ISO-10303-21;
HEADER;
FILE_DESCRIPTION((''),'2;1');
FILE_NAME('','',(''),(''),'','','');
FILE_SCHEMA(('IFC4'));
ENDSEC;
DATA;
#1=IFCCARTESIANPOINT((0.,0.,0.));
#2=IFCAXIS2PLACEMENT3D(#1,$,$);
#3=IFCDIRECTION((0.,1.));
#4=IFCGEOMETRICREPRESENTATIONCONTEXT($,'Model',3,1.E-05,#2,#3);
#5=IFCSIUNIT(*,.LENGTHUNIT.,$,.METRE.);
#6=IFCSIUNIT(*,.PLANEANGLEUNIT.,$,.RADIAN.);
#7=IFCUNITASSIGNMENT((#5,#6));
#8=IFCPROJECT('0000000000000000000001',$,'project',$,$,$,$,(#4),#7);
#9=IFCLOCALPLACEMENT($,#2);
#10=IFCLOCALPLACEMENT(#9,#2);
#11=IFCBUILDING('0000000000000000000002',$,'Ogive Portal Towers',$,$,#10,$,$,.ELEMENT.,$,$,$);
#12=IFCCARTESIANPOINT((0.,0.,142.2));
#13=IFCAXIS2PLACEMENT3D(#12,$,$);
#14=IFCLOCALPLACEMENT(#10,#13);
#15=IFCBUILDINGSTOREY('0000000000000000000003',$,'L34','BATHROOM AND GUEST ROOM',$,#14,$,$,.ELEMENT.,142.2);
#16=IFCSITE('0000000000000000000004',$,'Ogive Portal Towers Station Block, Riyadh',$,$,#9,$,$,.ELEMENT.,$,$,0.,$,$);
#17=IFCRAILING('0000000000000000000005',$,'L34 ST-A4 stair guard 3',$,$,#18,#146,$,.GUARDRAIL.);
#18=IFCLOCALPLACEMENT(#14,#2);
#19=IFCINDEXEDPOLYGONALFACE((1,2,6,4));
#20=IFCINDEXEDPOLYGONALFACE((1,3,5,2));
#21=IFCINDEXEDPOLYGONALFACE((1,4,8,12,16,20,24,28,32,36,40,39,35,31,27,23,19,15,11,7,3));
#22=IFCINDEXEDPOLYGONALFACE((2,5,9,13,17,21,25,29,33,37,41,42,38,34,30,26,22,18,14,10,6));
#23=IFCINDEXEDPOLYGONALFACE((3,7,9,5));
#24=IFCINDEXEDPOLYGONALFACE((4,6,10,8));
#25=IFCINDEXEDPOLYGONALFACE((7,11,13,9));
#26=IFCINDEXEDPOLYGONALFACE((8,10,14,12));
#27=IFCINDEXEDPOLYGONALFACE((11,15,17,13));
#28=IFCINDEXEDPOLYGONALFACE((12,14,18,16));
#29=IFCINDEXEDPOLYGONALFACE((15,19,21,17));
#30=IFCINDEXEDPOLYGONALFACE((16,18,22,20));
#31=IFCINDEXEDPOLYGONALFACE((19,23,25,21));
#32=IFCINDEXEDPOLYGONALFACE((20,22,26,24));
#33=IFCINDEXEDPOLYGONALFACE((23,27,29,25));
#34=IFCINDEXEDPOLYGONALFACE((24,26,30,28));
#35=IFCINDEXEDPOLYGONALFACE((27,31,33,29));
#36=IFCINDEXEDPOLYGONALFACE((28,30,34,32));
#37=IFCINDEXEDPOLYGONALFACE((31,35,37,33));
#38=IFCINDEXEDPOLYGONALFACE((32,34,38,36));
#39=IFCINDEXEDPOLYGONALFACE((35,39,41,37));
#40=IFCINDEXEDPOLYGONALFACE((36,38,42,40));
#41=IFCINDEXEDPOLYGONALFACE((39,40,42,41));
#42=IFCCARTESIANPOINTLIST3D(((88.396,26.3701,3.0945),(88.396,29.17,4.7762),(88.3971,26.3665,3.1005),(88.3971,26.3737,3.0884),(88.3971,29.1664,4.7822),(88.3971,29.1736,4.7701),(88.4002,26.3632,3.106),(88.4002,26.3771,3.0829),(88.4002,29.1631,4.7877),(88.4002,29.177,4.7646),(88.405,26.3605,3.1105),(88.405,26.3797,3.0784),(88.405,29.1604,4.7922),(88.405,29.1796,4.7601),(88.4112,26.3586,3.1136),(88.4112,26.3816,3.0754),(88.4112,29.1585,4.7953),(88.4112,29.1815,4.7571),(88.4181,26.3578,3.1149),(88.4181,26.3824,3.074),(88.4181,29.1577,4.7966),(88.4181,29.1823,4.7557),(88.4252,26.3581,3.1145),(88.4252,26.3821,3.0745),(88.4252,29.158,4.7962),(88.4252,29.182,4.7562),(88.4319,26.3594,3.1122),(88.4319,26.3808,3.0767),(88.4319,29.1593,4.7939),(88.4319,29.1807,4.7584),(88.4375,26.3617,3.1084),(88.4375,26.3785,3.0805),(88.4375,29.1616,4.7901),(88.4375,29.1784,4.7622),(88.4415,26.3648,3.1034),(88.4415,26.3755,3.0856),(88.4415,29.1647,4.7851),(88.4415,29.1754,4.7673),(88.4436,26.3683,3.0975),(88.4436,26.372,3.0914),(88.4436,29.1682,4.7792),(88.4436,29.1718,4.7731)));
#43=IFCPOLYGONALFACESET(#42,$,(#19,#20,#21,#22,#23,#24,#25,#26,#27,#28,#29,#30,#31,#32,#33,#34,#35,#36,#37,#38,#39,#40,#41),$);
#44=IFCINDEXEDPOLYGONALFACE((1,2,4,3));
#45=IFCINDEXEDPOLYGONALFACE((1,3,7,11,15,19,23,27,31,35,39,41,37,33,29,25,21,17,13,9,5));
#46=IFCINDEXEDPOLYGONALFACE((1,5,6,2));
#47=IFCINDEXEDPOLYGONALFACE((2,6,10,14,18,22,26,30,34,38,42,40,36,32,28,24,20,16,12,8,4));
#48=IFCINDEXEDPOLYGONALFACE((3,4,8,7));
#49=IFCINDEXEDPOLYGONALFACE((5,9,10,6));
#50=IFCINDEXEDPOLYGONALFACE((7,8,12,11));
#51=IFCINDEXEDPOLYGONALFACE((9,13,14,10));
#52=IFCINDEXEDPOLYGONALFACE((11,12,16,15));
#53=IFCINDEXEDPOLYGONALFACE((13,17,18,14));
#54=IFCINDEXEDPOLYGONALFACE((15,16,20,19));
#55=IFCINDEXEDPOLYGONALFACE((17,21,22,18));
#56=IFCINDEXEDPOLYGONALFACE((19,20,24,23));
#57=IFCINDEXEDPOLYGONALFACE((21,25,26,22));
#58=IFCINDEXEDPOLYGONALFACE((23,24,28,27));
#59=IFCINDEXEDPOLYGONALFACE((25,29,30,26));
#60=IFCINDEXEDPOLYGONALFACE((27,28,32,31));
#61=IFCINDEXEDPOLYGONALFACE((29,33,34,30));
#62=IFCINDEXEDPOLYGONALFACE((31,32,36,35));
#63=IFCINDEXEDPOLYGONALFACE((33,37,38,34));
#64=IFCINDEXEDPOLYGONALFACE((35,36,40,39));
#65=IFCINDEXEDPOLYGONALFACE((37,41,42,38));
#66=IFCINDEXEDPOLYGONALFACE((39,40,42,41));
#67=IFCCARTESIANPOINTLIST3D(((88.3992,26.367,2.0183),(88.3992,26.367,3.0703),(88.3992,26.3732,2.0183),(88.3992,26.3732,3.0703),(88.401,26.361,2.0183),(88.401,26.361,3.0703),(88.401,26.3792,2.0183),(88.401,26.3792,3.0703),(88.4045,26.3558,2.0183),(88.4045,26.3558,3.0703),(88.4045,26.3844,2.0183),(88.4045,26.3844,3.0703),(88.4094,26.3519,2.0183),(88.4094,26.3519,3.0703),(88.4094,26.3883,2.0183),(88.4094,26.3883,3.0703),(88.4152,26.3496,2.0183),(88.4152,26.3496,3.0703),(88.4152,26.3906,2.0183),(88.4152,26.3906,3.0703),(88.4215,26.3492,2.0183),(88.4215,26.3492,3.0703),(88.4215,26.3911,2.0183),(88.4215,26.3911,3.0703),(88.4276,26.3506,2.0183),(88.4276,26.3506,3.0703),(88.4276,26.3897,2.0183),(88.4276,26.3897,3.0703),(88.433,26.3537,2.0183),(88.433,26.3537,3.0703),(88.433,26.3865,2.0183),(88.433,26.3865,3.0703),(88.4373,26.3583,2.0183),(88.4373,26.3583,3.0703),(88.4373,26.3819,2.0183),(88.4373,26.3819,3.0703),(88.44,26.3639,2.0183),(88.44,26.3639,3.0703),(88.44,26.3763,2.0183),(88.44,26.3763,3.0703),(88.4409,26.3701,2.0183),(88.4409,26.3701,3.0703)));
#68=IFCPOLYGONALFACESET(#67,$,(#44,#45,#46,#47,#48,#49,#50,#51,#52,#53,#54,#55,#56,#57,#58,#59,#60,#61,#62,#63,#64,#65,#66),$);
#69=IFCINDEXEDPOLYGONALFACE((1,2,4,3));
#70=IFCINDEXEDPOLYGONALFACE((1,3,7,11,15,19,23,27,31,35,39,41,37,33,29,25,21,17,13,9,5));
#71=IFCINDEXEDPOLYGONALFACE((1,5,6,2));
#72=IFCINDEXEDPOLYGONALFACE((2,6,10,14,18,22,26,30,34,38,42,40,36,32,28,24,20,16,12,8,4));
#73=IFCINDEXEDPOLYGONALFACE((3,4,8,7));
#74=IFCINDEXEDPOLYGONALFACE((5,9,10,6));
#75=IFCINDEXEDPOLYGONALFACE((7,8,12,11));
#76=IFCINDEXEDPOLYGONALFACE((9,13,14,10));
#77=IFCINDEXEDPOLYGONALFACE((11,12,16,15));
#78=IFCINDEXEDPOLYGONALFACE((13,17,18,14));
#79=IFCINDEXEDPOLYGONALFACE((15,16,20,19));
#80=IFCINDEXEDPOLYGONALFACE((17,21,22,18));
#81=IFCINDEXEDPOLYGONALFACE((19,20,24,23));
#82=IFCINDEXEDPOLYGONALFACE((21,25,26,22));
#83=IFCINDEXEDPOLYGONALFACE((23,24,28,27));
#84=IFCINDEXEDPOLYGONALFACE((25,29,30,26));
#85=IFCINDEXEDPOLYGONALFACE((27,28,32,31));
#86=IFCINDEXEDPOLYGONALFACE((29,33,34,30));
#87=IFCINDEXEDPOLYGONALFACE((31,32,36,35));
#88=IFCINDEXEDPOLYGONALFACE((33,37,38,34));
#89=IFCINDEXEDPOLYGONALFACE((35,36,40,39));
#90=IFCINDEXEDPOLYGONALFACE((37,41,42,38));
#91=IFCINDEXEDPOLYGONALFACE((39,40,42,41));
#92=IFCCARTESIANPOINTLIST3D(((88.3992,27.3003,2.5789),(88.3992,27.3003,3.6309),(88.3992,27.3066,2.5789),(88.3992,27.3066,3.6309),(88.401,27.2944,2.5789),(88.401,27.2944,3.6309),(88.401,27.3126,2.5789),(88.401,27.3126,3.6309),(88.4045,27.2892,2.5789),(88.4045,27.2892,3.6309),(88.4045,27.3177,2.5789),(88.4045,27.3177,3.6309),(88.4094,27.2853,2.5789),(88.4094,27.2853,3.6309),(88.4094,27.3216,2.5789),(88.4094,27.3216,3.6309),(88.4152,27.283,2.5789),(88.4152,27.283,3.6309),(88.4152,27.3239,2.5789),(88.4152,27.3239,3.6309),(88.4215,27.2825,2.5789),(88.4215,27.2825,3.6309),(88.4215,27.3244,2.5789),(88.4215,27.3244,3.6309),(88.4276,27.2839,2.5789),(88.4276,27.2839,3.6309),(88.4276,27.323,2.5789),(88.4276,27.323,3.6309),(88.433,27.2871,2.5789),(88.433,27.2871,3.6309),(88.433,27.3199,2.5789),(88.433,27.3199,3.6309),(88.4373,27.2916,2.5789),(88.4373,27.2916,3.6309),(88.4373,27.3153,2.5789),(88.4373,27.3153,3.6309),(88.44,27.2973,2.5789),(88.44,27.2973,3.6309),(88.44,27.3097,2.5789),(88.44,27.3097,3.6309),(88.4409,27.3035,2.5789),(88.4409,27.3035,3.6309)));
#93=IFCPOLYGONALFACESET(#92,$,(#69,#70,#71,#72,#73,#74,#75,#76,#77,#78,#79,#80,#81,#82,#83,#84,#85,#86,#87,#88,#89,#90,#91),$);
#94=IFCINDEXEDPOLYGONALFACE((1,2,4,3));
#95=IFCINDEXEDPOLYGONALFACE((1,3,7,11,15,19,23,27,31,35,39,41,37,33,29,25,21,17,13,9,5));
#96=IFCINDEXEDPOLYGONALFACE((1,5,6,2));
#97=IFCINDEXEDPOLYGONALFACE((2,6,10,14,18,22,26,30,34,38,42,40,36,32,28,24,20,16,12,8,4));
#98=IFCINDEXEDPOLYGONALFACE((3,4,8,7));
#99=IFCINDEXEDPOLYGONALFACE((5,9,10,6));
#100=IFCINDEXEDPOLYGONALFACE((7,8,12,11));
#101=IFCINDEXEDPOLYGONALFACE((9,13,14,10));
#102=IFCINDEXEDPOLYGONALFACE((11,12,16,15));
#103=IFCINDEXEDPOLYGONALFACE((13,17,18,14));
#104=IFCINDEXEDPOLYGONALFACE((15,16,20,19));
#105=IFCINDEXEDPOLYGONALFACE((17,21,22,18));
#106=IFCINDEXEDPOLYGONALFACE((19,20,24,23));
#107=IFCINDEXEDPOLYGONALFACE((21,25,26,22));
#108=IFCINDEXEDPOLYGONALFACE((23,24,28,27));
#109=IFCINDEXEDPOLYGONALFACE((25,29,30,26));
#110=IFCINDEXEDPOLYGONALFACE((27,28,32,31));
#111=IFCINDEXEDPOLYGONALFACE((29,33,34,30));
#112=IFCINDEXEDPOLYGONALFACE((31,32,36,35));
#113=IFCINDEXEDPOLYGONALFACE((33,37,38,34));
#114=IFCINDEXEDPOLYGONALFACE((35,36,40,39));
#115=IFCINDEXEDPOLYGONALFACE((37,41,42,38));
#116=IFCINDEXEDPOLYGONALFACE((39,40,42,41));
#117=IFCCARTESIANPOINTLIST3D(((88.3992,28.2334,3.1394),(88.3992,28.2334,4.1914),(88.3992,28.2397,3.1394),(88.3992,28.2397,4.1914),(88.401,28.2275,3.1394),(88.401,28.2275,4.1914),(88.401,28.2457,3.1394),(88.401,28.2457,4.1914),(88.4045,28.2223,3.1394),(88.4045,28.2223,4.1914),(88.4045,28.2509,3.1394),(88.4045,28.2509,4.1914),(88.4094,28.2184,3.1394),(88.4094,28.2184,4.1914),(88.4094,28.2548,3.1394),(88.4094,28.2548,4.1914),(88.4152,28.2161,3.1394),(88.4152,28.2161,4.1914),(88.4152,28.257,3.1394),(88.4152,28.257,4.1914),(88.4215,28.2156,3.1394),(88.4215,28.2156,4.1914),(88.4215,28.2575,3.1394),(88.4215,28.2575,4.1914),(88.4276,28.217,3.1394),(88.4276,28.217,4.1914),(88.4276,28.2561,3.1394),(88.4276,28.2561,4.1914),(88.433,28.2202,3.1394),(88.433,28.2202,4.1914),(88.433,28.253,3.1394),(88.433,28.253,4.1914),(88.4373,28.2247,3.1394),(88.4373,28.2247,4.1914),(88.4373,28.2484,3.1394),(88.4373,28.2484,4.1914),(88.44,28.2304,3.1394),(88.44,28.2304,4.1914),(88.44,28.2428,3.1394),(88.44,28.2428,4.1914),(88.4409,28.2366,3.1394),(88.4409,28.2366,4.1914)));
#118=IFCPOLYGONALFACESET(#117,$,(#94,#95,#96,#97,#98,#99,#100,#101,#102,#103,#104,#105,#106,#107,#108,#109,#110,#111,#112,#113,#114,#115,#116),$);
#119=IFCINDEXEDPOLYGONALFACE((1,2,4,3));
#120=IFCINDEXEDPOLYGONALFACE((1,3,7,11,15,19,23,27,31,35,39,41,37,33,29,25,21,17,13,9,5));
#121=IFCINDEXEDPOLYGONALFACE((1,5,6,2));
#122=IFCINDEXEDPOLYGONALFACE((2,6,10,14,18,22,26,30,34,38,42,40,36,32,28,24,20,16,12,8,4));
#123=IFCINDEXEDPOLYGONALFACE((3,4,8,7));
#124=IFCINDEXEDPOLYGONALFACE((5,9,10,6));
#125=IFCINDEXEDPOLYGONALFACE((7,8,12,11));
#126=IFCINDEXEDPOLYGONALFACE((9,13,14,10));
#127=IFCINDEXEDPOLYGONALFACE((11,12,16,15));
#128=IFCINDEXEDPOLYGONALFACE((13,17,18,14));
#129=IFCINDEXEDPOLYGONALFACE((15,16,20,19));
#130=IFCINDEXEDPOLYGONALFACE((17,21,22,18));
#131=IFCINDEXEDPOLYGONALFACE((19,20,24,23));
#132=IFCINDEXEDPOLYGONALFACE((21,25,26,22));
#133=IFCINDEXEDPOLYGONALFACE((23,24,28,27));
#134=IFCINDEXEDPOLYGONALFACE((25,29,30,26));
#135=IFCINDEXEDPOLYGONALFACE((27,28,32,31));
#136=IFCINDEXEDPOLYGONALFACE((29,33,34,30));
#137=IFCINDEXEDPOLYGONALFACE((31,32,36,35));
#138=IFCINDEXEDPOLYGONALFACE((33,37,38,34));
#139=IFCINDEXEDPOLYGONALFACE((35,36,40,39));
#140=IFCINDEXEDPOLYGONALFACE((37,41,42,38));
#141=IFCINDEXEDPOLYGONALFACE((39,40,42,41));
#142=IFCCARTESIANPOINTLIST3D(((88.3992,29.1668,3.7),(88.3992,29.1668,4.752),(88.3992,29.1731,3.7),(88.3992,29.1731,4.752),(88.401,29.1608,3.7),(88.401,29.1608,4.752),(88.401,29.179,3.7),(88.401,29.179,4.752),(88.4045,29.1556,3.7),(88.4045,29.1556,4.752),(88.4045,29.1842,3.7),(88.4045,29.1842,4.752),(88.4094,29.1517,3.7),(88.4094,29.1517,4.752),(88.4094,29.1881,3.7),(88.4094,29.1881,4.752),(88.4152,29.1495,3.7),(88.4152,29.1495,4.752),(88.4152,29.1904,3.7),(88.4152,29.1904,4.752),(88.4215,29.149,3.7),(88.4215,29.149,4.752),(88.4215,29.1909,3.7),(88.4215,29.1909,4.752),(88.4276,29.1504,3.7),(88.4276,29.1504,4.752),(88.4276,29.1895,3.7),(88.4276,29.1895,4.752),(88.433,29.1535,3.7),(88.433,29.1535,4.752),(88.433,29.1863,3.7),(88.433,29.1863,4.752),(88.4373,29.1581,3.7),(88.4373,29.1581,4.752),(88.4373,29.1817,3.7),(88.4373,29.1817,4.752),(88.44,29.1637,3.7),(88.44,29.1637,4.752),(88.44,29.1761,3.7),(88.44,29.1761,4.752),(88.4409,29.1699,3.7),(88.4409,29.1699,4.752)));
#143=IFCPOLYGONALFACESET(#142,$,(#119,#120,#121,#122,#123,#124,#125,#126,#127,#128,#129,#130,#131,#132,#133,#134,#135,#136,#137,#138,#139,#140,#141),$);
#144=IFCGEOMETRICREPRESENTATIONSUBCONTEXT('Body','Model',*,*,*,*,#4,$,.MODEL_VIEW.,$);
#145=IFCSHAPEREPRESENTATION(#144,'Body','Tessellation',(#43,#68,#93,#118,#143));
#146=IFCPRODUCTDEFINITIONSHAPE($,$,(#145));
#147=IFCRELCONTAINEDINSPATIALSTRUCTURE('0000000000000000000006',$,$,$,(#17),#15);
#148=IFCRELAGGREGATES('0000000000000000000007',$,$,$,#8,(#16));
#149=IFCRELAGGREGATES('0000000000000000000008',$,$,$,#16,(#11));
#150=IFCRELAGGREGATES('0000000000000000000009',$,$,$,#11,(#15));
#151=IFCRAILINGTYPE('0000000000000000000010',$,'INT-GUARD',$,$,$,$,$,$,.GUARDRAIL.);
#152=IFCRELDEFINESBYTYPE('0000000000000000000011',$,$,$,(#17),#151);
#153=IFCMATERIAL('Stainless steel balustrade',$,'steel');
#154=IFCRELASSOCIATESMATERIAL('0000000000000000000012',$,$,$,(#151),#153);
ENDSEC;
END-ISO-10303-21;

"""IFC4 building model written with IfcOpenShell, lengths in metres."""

from ifc_helpers import new_model, si_unit, direction, frame, origin, origin_2d, place, context, subcontext, project, spatial, circle, extrude, material, type_object, element, save


model = new_model("IFC4")

# Units and contexts
model_context = context("Model", 3, precision=1e-05, world=origin(), true_north=direction((0.0, 1.0)))
body_context = subcontext(model_context, "Body", "Model", "MODEL_VIEW")
ifc_project = project(units=[si_unit("LENGTHUNIT", "METRE"), si_unit("PLANEANGLEUNIT", "RADIAN")], contexts=[model_context])

# Site, building, storey
site_placement = place(None, origin())
site = spatial("IfcSite", under=ifc_project, at=site_placement, Name="Ogive Portal Towers Station Block, Riyadh", CompositionType="ELEMENT", RefElevation=0.0)
building_placement = place(site_placement, origin())
building = spatial("IfcBuilding", under=site, at=building_placement, Name="Ogive Portal Towers", CompositionType="ELEMENT")
storey_placement = place(building_placement, frame((0.0, 0.0, 142.2)))
storey = spatial("IfcBuildingStorey", under=building, at=storey_placement, Name="L34", Description="BATHROOM AND GUEST ROOM", CompositionType="ELEMENT", Elevation=142.2)

# Railing
ifc_material_1 = material(Name="Stainless steel balustrade", Category="steel")
railing_type_1 = type_object("IfcRailingType", Name="INT-GUARD", PredefinedType="GUARDRAIL", material=ifc_material_1)
railing_1_placement = place(storey_placement, frame((88.4199, 26.3701, 2.0183)))
element("IfcRailing", 1, at=railing_1_placement, inside=storey, type_object=railing_type_1, Name="L34 ST-A4 stair guard 3", PredefinedType="GUARDRAIL", context=body_context, shape_type="SweptSolid", body=[
    extrude(circle(Radius=0.0239, at=origin_2d()), frame((0.0, 0.0, 1.0762), z_axis=(0.0, 0.857255, 0.514891), x_axis=(-1.0, 0.0, 0.0)), (0.0, 0.0, 1.0), 3.2661),
    extrude(circle(Radius=0.021, at=origin_2d()), origin(), (0.0, 0.0, 1.0), 1.052),
    extrude(circle(Radius=0.021, at=origin_2d()), frame((0.0, 0.9333, 0.5605)), (0.0, 0.0, 1.0), 1.052),
    extrude(circle(Radius=0.021, at=origin_2d()), frame((0.0, 1.8665, 1.1211)), (0.0, 0.0, 1.0), 1.052),
    extrude(circle(Radius=0.021, at=origin_2d()), frame((0.0, 2.7998, 1.6816)), (0.0, 0.0, 1.0), 1.052),
])

save(model, "model.ifc")
